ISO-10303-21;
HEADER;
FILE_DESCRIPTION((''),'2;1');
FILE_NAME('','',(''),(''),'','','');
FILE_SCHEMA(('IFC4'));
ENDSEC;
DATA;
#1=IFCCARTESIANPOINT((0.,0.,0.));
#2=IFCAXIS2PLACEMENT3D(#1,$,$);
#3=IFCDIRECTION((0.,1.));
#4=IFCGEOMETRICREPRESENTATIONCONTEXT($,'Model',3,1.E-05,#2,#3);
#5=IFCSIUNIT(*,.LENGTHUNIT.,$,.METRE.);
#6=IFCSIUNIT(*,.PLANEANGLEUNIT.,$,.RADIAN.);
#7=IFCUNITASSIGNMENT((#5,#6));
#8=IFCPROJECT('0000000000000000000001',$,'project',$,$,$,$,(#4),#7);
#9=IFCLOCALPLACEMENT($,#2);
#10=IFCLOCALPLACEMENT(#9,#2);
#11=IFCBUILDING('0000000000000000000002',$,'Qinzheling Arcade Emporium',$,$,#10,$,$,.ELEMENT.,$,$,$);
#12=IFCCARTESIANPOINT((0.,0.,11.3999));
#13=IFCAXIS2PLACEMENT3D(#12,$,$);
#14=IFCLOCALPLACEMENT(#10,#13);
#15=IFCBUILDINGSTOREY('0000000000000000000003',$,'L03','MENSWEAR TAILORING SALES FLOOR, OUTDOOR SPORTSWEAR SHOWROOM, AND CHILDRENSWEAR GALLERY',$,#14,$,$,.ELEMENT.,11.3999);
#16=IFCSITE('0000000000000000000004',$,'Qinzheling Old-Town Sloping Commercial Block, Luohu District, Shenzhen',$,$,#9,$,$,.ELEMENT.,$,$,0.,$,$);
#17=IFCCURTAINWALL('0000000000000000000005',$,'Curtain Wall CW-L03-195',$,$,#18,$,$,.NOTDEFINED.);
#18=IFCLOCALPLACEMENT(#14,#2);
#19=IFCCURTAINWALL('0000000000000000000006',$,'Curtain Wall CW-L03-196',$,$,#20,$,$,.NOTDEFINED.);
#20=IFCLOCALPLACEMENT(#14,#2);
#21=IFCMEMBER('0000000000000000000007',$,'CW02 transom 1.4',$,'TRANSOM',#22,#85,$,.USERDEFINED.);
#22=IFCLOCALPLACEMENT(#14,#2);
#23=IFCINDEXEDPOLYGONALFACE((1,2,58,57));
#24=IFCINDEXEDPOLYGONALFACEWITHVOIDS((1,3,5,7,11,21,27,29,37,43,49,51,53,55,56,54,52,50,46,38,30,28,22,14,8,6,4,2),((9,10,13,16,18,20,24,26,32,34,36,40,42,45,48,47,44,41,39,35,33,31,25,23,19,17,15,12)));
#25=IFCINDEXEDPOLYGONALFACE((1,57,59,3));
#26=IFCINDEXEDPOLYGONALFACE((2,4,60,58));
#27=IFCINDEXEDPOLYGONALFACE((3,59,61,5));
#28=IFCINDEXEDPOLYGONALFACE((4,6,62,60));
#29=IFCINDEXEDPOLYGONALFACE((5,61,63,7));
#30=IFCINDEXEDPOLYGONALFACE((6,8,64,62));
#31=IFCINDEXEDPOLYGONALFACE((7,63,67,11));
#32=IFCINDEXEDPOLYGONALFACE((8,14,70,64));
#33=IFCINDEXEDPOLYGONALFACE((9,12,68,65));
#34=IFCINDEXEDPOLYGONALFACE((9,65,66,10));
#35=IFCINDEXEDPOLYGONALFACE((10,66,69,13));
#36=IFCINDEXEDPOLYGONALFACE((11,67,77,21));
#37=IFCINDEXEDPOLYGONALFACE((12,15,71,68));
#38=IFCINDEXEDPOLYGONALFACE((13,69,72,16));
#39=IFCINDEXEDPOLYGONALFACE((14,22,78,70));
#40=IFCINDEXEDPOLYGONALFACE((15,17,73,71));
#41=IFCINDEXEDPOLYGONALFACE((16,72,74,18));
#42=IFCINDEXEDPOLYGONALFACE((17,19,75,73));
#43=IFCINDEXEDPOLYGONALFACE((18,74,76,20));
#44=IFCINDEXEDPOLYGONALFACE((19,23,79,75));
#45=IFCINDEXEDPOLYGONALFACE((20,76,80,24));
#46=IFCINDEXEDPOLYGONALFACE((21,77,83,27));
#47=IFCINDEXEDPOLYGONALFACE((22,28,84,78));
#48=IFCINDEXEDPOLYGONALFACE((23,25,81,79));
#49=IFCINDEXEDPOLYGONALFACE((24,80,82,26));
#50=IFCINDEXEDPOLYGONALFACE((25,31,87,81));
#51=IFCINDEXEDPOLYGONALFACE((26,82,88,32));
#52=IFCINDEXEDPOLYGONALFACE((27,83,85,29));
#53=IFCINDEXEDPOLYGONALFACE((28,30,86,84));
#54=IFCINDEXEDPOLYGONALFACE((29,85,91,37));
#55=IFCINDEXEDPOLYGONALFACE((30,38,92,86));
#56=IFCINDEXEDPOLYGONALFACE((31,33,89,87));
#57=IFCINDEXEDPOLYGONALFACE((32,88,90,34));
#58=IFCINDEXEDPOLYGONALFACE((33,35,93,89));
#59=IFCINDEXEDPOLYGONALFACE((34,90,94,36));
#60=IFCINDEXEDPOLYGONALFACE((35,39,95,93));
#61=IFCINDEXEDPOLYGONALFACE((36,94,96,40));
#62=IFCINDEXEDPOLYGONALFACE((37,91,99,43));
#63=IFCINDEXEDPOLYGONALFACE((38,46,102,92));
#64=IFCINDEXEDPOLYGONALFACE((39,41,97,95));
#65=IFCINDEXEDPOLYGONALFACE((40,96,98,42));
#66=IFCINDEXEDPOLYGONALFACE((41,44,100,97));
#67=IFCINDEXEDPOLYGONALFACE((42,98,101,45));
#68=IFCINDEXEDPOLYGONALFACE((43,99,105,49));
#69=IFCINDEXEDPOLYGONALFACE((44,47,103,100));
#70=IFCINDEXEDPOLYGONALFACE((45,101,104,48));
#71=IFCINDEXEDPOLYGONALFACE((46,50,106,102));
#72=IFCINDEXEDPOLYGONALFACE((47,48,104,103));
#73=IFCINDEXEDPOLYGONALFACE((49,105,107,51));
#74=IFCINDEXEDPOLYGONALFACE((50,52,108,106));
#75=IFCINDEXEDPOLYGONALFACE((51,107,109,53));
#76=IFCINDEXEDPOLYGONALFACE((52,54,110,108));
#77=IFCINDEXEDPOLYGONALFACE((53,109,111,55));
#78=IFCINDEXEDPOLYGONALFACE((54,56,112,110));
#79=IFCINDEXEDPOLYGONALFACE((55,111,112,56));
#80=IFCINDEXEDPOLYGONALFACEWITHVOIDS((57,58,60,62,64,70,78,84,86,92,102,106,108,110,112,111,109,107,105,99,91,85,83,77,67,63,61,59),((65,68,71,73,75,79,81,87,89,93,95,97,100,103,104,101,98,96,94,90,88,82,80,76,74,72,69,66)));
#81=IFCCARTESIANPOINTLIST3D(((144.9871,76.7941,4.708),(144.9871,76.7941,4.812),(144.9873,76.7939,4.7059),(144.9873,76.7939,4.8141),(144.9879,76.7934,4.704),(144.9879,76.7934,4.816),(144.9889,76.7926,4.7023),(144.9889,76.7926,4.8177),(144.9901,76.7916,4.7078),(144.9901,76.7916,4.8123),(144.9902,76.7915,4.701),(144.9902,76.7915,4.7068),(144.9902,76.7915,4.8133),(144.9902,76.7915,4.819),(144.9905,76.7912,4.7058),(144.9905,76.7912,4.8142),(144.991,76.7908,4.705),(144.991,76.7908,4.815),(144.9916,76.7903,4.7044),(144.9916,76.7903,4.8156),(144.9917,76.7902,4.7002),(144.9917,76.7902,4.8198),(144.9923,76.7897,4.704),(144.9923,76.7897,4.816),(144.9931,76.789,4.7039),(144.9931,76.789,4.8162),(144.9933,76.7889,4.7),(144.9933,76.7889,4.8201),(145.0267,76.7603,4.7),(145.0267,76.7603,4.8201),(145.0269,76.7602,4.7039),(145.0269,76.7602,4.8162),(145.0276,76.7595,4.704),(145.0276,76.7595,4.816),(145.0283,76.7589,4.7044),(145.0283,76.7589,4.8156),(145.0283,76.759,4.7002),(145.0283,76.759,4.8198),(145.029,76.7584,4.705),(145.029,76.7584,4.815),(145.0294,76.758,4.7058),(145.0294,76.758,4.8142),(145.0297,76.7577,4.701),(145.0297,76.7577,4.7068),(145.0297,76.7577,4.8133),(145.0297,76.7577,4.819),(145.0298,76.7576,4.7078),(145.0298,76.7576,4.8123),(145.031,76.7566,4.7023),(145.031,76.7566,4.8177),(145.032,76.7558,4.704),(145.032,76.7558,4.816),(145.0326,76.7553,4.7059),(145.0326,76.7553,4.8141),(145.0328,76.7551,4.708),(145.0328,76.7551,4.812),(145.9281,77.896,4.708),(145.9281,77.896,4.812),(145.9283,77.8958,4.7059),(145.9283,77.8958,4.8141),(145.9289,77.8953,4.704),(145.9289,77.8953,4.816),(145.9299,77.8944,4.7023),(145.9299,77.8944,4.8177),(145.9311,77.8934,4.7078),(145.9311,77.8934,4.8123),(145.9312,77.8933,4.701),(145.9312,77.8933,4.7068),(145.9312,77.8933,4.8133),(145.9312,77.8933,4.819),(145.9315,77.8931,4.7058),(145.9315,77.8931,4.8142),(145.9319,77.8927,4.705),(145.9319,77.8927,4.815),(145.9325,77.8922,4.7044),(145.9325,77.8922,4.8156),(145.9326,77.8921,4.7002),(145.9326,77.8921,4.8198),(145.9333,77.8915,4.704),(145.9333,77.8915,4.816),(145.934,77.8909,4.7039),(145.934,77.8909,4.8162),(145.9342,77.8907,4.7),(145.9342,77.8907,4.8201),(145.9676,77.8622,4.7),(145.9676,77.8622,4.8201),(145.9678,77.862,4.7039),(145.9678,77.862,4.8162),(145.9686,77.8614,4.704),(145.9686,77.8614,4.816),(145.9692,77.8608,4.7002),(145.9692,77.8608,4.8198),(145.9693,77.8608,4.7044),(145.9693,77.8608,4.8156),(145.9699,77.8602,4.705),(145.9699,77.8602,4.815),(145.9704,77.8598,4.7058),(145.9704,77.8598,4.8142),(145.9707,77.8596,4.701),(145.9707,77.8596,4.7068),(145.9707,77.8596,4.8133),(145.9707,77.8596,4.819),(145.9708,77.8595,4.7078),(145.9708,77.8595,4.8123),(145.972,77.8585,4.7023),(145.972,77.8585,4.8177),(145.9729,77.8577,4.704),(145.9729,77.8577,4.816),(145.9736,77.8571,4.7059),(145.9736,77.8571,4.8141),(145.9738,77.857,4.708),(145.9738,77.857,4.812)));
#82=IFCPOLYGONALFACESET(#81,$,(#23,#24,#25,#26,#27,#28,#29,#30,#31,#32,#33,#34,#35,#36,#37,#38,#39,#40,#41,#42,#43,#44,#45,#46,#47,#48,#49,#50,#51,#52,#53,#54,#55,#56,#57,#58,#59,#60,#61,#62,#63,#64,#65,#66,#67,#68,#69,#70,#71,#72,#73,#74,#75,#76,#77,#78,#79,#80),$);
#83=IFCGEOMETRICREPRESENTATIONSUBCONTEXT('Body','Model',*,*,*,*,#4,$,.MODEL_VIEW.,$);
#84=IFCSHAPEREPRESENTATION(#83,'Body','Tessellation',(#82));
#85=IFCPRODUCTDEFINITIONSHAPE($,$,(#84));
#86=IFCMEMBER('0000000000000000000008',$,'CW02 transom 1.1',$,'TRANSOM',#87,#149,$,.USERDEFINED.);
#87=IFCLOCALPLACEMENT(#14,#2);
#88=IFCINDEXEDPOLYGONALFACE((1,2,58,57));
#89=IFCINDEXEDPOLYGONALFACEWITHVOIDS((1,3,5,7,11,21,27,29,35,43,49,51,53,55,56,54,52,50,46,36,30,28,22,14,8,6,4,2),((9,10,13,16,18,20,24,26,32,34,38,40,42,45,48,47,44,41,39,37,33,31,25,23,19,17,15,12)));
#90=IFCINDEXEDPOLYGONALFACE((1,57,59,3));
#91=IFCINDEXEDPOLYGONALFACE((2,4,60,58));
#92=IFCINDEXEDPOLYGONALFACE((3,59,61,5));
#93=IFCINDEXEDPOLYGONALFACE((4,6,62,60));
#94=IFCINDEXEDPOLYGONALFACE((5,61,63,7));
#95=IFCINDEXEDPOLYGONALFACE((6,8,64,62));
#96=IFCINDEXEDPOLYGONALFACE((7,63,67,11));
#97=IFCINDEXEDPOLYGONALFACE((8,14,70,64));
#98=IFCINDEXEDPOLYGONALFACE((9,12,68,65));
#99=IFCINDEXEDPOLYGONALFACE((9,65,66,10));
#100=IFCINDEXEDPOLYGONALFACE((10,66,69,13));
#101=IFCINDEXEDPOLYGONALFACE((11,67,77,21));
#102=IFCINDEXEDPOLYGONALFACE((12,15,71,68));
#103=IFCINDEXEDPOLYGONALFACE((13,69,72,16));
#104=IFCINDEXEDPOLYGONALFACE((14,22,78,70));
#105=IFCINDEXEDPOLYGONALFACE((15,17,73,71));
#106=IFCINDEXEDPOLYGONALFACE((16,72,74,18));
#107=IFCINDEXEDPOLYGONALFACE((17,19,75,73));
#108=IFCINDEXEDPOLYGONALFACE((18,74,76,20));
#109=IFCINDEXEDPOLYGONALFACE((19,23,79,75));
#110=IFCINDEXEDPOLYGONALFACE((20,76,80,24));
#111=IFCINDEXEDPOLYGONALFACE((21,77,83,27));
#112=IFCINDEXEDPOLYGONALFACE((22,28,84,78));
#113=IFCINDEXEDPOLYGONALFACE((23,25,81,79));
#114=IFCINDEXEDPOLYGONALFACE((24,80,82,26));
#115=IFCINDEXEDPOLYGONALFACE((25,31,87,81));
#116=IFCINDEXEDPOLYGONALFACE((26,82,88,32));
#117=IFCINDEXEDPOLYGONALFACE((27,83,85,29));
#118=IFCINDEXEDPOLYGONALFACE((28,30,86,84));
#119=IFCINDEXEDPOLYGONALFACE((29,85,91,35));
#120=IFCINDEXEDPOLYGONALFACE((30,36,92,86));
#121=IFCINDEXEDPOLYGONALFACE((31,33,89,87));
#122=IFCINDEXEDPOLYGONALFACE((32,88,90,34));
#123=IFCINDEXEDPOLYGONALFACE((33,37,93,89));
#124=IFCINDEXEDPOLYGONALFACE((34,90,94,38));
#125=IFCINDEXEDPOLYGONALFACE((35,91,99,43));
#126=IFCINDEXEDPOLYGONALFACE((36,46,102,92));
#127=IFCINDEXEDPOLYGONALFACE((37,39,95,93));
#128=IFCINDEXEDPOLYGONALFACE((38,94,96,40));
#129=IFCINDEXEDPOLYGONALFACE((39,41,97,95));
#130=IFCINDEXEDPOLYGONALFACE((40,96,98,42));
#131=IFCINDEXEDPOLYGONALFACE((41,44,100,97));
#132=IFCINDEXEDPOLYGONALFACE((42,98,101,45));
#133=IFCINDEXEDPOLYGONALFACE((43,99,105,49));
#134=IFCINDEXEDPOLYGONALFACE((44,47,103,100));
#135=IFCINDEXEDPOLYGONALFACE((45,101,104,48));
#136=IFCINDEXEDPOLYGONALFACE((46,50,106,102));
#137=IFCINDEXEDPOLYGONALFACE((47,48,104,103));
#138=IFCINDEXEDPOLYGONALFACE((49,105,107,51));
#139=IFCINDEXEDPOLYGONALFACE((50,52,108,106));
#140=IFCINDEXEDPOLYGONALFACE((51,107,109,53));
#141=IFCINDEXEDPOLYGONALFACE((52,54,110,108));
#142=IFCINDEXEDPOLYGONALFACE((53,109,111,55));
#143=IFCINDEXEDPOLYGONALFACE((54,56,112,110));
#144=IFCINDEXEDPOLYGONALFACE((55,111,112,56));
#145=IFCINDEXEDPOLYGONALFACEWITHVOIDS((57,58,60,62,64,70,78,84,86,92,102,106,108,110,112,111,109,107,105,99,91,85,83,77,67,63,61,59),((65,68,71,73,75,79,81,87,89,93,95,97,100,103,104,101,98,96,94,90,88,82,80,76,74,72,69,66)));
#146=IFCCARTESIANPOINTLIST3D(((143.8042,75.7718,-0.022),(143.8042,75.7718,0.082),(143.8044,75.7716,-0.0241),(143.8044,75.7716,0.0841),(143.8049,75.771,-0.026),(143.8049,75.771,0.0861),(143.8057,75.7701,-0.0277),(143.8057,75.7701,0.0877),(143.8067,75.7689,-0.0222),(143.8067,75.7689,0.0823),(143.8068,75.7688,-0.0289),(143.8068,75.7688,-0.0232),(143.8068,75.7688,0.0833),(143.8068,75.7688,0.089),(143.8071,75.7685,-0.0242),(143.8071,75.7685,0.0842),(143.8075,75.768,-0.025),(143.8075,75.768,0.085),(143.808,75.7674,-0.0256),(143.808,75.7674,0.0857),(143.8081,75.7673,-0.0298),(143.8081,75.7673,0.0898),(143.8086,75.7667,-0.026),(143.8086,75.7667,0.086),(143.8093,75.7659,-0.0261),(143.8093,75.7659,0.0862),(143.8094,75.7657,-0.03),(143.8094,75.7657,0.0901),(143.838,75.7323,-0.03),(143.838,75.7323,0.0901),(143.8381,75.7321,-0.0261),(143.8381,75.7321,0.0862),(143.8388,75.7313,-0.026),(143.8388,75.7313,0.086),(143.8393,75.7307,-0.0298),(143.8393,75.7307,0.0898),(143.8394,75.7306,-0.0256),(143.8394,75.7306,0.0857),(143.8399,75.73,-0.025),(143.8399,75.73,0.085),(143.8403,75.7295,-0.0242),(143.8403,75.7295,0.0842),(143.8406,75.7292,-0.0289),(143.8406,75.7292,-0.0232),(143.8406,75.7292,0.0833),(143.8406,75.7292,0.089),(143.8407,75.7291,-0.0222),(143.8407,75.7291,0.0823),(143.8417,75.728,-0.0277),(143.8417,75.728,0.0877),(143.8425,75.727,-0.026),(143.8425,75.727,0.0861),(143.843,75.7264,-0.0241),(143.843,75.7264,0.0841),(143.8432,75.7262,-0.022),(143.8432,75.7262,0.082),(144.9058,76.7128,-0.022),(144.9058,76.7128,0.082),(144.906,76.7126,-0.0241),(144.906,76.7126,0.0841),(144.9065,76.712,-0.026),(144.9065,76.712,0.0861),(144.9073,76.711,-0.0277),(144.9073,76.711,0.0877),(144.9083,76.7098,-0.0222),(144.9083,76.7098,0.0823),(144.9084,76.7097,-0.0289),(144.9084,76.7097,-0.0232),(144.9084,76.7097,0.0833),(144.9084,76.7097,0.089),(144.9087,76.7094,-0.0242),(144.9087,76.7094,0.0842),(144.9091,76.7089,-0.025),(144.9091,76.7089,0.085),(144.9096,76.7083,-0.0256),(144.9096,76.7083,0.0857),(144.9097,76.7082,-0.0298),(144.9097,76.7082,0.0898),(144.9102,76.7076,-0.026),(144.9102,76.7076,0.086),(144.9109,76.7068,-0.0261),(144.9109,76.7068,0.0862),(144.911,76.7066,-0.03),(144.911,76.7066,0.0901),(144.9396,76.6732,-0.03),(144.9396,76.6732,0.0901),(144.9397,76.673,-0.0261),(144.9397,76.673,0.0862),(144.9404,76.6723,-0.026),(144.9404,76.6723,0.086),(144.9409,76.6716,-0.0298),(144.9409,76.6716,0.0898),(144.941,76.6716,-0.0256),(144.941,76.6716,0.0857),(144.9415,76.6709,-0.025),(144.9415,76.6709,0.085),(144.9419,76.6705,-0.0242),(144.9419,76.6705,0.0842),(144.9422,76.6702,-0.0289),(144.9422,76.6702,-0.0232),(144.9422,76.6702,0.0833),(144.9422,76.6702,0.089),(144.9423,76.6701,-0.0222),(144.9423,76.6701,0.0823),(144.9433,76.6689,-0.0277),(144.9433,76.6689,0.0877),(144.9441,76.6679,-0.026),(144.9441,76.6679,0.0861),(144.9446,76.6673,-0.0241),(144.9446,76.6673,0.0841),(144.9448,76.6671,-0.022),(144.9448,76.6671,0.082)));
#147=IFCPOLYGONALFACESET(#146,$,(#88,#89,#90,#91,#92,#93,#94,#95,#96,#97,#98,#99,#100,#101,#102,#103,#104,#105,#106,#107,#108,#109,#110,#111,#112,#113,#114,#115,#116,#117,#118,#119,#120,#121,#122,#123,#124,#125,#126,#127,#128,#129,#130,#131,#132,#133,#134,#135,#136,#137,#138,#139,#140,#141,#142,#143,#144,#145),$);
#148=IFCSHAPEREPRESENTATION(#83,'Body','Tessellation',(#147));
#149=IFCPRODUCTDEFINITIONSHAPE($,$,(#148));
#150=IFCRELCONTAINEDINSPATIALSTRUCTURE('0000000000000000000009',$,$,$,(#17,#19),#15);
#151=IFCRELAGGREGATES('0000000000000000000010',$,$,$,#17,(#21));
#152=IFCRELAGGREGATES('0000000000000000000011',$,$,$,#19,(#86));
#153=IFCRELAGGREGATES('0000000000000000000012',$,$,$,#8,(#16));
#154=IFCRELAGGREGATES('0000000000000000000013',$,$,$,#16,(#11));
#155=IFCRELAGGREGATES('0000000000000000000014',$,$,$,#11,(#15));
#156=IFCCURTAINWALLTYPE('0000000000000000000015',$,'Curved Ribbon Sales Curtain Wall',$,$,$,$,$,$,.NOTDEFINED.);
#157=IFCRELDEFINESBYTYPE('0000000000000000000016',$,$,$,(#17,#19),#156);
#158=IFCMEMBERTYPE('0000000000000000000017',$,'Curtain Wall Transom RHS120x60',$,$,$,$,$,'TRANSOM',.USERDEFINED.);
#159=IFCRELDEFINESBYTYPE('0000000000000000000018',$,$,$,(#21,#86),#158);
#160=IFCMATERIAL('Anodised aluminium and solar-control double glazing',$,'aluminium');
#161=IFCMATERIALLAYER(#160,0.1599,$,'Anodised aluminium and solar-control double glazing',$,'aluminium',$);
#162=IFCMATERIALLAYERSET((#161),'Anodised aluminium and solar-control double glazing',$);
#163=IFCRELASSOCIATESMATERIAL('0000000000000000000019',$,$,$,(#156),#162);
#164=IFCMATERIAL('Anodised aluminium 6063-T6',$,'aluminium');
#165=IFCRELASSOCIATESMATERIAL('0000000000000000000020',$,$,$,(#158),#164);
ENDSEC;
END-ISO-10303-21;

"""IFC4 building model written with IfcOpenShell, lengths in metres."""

from ifc_helpers import new_model, si_unit, direction, frame, origin, origin_2d, place, context, subcontext, project, spatial, hollow_rectangle, extrude, material, layer, layer_set, material_profile, profile_set, type_object, element, aggregate, save


model = new_model("IFC4")

# Units and contexts
model_context = context("Model", 3, precision=1e-05, world=origin(), true_north=direction((0.0, 1.0)))
body_context = subcontext(model_context, "Body", "Model", "MODEL_VIEW")
ifc_project = project(units=[si_unit("LENGTHUNIT", "METRE"), si_unit("PLANEANGLEUNIT", "RADIAN")], contexts=[model_context])

# Site, building, storey
site_placement = place(None, origin())
site = spatial("IfcSite", under=ifc_project, at=site_placement, Name="Qinzheling Old-Town Sloping Commercial Block, Luohu District, Shenzhen", CompositionType="ELEMENT", RefElevation=0.0)
building_placement = place(site_placement, origin())
building = spatial("IfcBuilding", under=site, at=building_placement, Name="Qinzheling Arcade Emporium", CompositionType="ELEMENT")
storey_placement = place(building_placement, frame((0.0, 0.0, 11.3999)))
storey = spatial("IfcBuildingStorey", under=building, at=storey_placement, Name="L03", Description="MENSWEAR TAILORING SALES FLOOR, OUTDOOR SPORTSWEAR SHOWROOM, AND CHILDRENSWEAR GALLERY", CompositionType="ELEMENT", Elevation=11.3999)

# Shared definitions
ifc_material_1 = material(Name="Anodised aluminium and solar-control double glazing", Category="aluminium")
ifc_layer_1 = layer(ifc_material_1, 0.1599, Name="Anodised aluminium and solar-control double glazing", Category="aluminium")
ifc_layer_set_1 = layer_set([ifc_layer_1], Name="Anodised aluminium and solar-control double glazing")
curtain_wall_type = type_object("IfcCurtainWallType", Name="Curved Ribbon Sales Curtain Wall", PredefinedType="NOTDEFINED", material=ifc_layer_set_1)
ifc_material_2 = material(Name="Anodised aluminium 6063-T6", Category="aluminium")

# Curtain walls
curtain_wall_1_placement = place(storey_placement, origin())
curtain_wall_1 = element("IfcCurtainWall", 1, at=curtain_wall_1_placement, inside=storey, type_object=curtain_wall_type, Name="Curtain Wall CW-L03-195", PredefinedType="NOTDEFINED")
curtain_wall_2_placement = place(storey_placement, origin())
curtain_wall_2 = element("IfcCurtainWall", 2, at=curtain_wall_2_placement, inside=storey, type_object=curtain_wall_type, Name="Curtain Wall CW-L03-196", PredefinedType="NOTDEFINED")

# Members
ifc_material_profile_1 = material_profile(ifc_material_2, hollow_rectangle(XDim=0.0601, YDim=0.1201, WallThickness=0.0039, InnerFilletRadius=0.0039, OuterFilletRadius=0.0081, at=origin_2d()), Name="RHS 120x60x4", Category="aluminium")
ifc_profile_set_1 = profile_set([ifc_material_profile_1], Name="Anodised aluminium 6063-T6")
member_type_1 = type_object("IfcMemberType", Name="Curtain Wall Transom RHS120x60", ElementType="TRANSOM", PredefinedType="USERDEFINED", material=ifc_profile_set_1)
member_1_placement = place(storey_placement, frame((145.9509, 77.8765, 4.76), z_axis=(-0.649403, -0.760445, 0.0), x_axis=(0.760445, -0.649403, 0.0)))
member_1 = element("IfcMember", 3, at=member_1_placement, type_object=member_type_1, Name="CW02 transom 1.4", ObjectType="TRANSOM", PredefinedType="USERDEFINED", context=body_context, shape_type="SweptSolid", body=[
    extrude(hollow_rectangle(XDim=0.0601, YDim=0.1201, WallThickness=0.0039, InnerFilletRadius=0.0039, OuterFilletRadius=0.0081, at=origin_2d()), origin(), (0.0, 0.0, 1.0), 1.449),
])
member_2_placement = place(storey_placement, frame((144.9253, 76.6899, 0.03), z_axis=(-0.760374, -0.649486, 0.0), x_axis=(0.649486, -0.760374, 0.0)))
member_2 = element("IfcMember", 4, at=member_2_placement, type_object=member_type_1, Name="CW02 transom 1.1", ObjectType="TRANSOM", PredefinedType="USERDEFINED", context=body_context, shape_type="SweptSolid", body=[
    extrude(hollow_rectangle(XDim=0.0601, YDim=0.1201, WallThickness=0.0039, InnerFilletRadius=0.0039, OuterFilletRadius=0.0081, at=origin_2d()), origin(), (0.0, 0.0, 1.0), 1.4487),
])

aggregate(curtain_wall_1, [member_1])
aggregate(curtain_wall_2, [member_2])

save(model, "model.ifc")
